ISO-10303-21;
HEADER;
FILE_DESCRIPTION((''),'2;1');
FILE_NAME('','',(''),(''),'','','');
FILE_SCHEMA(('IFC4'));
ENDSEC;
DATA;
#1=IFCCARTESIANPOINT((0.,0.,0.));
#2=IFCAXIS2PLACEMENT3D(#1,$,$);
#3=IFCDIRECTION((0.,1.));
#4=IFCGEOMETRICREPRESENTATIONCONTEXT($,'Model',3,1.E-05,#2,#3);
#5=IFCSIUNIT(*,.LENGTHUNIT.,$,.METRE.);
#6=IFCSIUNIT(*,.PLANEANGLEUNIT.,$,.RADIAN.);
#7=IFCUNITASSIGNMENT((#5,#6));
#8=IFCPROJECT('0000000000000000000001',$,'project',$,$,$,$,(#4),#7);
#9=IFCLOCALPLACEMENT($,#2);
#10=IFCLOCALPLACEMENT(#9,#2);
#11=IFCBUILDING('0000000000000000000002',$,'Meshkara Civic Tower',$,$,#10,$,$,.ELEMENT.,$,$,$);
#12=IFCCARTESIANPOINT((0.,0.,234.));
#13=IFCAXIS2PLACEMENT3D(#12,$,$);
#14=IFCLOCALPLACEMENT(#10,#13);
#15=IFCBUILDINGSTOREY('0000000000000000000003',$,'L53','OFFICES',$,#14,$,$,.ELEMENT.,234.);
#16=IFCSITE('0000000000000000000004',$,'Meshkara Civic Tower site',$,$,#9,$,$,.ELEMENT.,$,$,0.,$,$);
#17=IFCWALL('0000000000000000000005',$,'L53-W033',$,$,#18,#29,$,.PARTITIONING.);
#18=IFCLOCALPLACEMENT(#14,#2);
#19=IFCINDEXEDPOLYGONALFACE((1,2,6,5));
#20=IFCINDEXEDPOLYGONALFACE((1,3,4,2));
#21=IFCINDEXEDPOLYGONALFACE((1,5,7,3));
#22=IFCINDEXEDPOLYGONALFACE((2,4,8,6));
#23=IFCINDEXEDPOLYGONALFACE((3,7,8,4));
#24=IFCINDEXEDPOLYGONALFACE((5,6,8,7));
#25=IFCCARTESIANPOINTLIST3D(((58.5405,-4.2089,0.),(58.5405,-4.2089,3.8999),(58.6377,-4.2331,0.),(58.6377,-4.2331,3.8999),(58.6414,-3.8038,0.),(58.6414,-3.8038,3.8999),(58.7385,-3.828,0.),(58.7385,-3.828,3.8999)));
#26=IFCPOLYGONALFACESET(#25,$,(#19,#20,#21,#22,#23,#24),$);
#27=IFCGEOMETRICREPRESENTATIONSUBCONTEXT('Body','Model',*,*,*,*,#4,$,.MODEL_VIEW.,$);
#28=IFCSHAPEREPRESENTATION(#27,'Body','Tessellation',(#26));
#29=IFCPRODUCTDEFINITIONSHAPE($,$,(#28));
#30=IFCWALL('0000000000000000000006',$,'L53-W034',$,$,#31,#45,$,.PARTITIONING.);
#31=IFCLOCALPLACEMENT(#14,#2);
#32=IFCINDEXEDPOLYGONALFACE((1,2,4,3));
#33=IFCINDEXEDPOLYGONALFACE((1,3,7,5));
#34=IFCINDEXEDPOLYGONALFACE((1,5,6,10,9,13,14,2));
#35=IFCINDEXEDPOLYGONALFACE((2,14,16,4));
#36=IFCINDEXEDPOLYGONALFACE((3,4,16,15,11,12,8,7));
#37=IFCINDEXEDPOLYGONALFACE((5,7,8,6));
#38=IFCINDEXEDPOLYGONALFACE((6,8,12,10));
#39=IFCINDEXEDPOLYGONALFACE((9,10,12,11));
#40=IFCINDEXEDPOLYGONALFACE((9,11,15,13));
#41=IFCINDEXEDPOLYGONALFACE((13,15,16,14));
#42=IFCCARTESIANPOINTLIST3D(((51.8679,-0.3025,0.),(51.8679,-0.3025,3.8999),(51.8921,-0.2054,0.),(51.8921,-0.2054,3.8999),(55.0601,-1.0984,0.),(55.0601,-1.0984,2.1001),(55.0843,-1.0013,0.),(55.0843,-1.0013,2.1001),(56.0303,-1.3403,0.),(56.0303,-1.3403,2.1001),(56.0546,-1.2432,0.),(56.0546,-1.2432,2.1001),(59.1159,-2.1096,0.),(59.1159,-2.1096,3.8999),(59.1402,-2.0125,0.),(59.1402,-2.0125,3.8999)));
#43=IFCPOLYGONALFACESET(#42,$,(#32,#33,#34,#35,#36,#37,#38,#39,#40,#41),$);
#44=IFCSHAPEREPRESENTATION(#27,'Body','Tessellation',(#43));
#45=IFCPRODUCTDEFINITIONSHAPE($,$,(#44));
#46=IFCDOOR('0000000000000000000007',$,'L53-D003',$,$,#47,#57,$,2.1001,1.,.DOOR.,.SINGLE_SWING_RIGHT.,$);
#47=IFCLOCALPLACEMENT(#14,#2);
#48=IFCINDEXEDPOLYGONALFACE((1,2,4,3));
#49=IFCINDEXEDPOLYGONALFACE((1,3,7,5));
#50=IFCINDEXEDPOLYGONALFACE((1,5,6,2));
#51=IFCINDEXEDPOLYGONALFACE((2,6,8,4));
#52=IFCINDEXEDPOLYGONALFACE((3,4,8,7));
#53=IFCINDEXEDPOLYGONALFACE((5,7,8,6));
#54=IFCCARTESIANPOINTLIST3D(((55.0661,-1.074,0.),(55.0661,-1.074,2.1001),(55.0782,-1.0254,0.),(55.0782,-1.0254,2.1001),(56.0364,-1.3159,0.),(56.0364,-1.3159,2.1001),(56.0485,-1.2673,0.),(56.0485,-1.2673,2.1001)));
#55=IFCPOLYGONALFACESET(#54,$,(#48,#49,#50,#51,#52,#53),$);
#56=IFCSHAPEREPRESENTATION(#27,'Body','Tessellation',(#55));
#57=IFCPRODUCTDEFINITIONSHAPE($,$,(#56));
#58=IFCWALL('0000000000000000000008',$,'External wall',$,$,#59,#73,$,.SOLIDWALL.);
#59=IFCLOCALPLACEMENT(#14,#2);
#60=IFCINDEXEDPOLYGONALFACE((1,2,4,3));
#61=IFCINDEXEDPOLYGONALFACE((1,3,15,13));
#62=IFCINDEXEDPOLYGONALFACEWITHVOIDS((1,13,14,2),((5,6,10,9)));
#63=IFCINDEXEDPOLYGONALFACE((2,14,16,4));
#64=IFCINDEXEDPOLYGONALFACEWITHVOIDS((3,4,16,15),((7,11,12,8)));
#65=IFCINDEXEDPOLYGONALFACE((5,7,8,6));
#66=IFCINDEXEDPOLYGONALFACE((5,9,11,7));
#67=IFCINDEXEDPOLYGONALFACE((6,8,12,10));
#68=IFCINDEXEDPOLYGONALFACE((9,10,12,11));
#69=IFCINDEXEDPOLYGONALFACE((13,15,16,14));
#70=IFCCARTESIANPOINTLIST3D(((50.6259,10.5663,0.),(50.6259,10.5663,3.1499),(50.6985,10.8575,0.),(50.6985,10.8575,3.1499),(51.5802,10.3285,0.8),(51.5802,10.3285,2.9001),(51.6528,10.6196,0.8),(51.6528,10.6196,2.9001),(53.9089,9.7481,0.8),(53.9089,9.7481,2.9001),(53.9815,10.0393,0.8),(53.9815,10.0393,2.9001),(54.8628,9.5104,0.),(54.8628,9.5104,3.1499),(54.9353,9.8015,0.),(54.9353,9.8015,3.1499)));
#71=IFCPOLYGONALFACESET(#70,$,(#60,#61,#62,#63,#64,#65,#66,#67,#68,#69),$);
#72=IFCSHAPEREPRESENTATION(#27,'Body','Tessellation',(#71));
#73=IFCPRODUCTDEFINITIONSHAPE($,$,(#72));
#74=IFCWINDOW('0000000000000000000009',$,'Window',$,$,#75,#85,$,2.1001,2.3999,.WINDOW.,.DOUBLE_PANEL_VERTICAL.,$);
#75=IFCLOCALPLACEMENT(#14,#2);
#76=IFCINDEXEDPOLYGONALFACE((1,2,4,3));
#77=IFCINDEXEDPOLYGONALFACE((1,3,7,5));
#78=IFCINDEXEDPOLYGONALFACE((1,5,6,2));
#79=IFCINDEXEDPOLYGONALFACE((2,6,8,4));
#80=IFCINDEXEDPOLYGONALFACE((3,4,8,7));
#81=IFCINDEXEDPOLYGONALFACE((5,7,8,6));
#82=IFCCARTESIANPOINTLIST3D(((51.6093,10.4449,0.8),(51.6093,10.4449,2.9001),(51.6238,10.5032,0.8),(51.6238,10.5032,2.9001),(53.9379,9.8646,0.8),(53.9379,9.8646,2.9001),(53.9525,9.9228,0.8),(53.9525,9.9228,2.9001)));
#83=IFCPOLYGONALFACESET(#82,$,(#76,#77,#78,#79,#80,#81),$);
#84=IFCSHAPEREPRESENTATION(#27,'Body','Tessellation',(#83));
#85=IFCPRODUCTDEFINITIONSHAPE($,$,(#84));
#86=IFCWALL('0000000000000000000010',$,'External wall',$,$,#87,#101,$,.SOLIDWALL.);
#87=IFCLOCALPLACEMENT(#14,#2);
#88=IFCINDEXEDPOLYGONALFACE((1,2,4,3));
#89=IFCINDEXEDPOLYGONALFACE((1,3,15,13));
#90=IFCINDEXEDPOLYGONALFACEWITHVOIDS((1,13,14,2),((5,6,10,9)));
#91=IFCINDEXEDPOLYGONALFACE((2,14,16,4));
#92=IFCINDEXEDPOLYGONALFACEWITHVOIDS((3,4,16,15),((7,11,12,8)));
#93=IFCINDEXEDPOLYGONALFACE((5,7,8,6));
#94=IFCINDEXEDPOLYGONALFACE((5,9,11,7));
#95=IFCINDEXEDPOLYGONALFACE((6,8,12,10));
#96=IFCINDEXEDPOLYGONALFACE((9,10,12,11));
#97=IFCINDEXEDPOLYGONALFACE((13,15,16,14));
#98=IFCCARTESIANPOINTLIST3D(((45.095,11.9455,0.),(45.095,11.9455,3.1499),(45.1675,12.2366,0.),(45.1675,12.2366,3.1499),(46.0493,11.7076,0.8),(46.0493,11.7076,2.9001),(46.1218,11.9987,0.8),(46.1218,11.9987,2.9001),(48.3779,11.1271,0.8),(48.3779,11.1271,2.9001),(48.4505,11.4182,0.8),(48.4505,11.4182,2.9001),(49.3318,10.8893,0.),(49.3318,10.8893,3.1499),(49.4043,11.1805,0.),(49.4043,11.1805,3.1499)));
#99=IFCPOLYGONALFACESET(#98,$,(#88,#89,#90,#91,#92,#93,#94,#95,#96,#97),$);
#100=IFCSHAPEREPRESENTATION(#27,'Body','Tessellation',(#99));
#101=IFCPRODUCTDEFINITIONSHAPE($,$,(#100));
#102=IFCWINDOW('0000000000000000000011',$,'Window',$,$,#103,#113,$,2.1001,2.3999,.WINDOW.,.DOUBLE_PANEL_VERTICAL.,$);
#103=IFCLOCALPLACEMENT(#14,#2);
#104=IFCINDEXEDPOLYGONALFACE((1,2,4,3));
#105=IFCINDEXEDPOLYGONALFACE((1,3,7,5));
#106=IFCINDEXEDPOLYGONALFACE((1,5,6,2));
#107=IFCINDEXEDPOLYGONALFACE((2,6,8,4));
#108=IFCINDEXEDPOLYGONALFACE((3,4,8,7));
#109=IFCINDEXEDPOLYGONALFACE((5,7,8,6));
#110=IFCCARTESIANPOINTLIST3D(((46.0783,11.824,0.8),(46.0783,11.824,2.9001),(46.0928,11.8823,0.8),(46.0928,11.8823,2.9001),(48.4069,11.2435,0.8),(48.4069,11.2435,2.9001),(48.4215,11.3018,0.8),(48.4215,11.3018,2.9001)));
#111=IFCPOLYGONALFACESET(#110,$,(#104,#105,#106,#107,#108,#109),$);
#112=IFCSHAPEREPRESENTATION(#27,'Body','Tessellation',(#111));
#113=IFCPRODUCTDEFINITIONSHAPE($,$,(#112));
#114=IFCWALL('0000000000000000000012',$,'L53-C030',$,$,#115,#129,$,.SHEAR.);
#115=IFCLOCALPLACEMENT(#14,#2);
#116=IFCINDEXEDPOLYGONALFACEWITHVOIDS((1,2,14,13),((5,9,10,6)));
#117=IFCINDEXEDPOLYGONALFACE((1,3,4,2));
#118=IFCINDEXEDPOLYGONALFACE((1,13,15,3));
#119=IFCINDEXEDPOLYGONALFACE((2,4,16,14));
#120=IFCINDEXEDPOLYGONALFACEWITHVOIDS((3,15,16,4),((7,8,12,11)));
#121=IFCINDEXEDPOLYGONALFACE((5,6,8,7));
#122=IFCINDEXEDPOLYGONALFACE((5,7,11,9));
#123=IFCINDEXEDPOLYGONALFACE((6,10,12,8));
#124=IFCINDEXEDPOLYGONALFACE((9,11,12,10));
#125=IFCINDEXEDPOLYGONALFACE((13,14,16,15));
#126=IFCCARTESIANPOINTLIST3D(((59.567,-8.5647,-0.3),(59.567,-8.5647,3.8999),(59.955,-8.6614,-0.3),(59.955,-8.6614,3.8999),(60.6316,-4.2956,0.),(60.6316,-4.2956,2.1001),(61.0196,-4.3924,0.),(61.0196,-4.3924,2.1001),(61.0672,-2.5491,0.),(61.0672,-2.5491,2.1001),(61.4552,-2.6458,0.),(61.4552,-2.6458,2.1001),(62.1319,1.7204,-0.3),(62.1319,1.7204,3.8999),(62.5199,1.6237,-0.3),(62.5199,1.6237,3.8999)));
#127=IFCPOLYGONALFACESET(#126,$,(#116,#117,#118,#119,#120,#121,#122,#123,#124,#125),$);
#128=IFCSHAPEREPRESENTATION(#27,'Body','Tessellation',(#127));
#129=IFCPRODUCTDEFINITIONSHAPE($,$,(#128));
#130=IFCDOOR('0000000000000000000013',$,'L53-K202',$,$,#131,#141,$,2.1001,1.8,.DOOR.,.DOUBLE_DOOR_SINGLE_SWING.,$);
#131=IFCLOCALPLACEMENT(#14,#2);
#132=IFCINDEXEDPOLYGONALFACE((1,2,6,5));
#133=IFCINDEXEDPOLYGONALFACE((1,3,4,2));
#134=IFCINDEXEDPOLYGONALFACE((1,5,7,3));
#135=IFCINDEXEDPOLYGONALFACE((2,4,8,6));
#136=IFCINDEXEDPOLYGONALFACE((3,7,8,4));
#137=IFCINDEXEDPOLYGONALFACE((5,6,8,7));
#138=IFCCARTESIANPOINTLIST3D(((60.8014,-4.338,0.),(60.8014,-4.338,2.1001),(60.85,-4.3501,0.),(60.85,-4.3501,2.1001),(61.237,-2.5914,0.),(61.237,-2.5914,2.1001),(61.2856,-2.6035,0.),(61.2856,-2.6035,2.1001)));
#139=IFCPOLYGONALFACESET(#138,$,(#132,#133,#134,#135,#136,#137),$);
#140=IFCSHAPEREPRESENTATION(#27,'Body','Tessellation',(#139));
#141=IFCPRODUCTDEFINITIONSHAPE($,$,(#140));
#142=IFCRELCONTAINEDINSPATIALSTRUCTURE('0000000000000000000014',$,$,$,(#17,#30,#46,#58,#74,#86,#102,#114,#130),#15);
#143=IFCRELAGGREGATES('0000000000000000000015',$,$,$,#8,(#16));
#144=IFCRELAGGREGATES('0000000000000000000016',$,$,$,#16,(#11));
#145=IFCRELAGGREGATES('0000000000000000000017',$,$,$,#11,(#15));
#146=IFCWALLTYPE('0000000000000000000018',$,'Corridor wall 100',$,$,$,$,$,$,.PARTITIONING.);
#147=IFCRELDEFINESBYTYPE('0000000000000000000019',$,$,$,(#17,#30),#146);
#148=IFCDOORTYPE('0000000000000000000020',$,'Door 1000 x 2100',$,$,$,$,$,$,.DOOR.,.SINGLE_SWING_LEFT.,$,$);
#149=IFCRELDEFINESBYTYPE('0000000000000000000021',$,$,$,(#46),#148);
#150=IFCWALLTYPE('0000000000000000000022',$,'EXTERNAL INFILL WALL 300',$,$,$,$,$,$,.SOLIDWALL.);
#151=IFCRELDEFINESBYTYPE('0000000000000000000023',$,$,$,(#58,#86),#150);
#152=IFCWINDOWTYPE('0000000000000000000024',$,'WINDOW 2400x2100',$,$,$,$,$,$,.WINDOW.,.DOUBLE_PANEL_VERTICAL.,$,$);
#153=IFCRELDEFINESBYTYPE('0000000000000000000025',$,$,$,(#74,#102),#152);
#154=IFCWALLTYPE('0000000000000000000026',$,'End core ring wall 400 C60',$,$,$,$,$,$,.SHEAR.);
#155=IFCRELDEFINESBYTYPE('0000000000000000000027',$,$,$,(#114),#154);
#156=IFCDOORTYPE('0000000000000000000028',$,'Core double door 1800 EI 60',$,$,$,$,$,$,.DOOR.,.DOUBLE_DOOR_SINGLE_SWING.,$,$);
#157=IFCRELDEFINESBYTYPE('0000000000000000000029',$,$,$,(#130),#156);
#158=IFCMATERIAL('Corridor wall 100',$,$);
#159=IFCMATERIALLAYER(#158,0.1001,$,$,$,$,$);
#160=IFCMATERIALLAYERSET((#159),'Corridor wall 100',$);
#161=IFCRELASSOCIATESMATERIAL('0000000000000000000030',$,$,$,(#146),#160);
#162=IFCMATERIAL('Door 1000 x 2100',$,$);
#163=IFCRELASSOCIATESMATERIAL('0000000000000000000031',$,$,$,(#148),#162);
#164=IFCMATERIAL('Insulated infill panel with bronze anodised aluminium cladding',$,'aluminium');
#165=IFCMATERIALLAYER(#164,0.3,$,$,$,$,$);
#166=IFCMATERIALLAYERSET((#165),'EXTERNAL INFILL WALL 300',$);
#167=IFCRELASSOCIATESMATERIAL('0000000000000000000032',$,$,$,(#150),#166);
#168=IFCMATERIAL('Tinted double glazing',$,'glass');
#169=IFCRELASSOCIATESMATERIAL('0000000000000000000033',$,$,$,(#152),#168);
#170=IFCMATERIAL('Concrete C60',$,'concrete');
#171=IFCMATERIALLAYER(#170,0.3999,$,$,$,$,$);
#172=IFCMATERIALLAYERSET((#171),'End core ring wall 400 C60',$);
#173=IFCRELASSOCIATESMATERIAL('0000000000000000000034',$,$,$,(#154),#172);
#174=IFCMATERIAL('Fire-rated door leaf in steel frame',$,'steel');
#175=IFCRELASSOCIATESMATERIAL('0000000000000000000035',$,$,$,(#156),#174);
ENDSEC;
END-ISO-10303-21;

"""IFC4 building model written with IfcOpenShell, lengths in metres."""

from ifc_helpers import new_model, si_unit, direction, frame, frame_2d, origin, place, context, subcontext, project, spatial, rectangle, extrude, material, layer, layer_set, type_object, element, fill, save


model = new_model("IFC4")

# Units and contexts
model_context = context("Model", 3, precision=1e-05, world=origin(), true_north=direction((0.0, 1.0)))
body_context = subcontext(model_context, "Body", "Model", "MODEL_VIEW")
ifc_project = project(units=[si_unit("LENGTHUNIT", "METRE"), si_unit("PLANEANGLEUNIT", "RADIAN")], contexts=[model_context])

# Site, building, storey
site_placement = place(None, origin())
site = spatial("IfcSite", under=ifc_project, at=site_placement, Name="Meshkara Civic Tower site", CompositionType="ELEMENT", RefElevation=0.0)
building_placement = place(site_placement, origin())
building = spatial("IfcBuilding", under=site, at=building_placement, Name="Meshkara Civic Tower", CompositionType="ELEMENT")
storey_placement = place(building_placement, frame((0.0, 0.0, 234.0)))
storey = spatial("IfcBuildingStorey", under=building, at=storey_placement, Name="L53", Description="OFFICES", CompositionType="ELEMENT", Elevation=234.0)

# Shared definitions
ifc_material_1 = material(Name="Corridor wall 100")
ifc_layer_1 = layer(ifc_material_1, 0.1001)
ifc_layer_set_1 = layer_set([ifc_layer_1], Name="Corridor wall 100")
wall_type_1 = type_object("IfcWallType", Name="Corridor wall 100", PredefinedType="PARTITIONING", material=ifc_layer_set_1)

# Wall
wall_1_placement = place(storey_placement, frame((58.6899, -3.8159, 0.0), z_axis=(0.0, 0.0, 1.0), x_axis=(-0.241572, -0.970383, 0.0)))
element("IfcWall", 1, at=wall_1_placement, inside=storey, type_object=wall_type_1, Name="L53-W033", PredefinedType="PARTITIONING", context=body_context, shape_type="SweptSolid", body=[
    extrude(rectangle(XDim=0.4175, YDim=0.1001, at=frame_2d((0.2087, 0.0))), origin(), (0.0, 0.0, 1.0), 3.8999),
])

# Wall, opening, door
wall_2_placement = place(storey_placement, frame((59.1279, -2.061, 0.0), z_axis=(0.0, 0.0, 1.0), x_axis=(-0.970296, 0.24192, 0.0)))
wall_2 = element("IfcWall", 2, at=wall_2_placement, inside=storey, type_object=wall_type_1, Name="L53-W034", PredefinedType="PARTITIONING", context=body_context, shape_type="SweptSolid", body=[
    extrude(rectangle(XDim=7.47, YDim=0.1001, at=frame_2d((3.7349, 0.0))), origin(), (0.0, 0.0, 1.0), 3.8999),
])
opening_1_placement = place(wall_2_placement, frame((3.1799, 0.0, 0.0)))
opening_1 = element("IfcOpeningElement", 3, at=opening_1_placement, cuts=wall_2, PredefinedType="OPENING", context=body_context, shape_type="SweptSolid", body=[
    extrude(rectangle(XDim=1.0, YDim=2.1001, at=frame_2d((0.5, 1.05))), frame((0.0, 0.0601, 0.0), z_axis=(0.0, -1.0, 0.0), x_axis=(1.0, 0.0, 0.0)), (0.0, 0.0, 1.0), 0.1201),
])
ifc_material_2 = material(Name="Door 1000 x 2100")
door_type_1 = type_object("IfcDoorType", Name="Door 1000 x 2100", OperationType="SINGLE_SWING_LEFT", PredefinedType="DOOR", material=ifc_material_2)
door_1_placement = place(opening_1_placement, origin())
door_1 = element("IfcDoor", 4, at=door_1_placement, inside=storey, type_object=door_type_1, Name="L53-D003", OperationType="SINGLE_SWING_RIGHT", OverallHeight=2.1001, OverallWidth=1.0, PredefinedType="DOOR", context=body_context, shape_type="SweptSolid", body=[
    extrude(rectangle(XDim=1.0, YDim=2.1001, at=frame_2d((0.5, 1.05))), frame((0.0, 0.0249, 0.0), z_axis=(0.0, -1.0, 0.0), x_axis=(1.0, 0.0, 0.0)), (0.0, 0.0, 1.0), 0.05),
])
fill(opening_1, door_1)

# Walls, openings, windows
ifc_material_3 = material(Name="Insulated infill panel with bronze anodised aluminium cladding", Category="aluminium")
ifc_layer_2 = layer(ifc_material_3, 0.3)
ifc_layer_set_2 = layer_set([ifc_layer_2], Name="EXTERNAL INFILL WALL 300")
wall_type_2 = type_object("IfcWallType", Name="EXTERNAL INFILL WALL 300", PredefinedType="SOLIDWALL", material=ifc_layer_set_2)
wall_3_placement = place(storey_placement, frame((54.8989, 9.656, 0.0), z_axis=(0.0, 0.0, 1.0), x_axis=(-0.97032, 0.241825, 0.0)))
wall_3 = element("IfcWall", 5, at=wall_3_placement, inside=storey, type_object=wall_type_2, Name="External wall", PredefinedType="SOLIDWALL", context=body_context, shape_type="SweptSolid", body=[
    extrude(rectangle(XDim=4.3665, YDim=0.3, at=frame_2d((2.1831, 0.0))), origin(), (0.0, 0.0, 1.0), 3.1499),
])
opening_2_placement = place(wall_3_placement, frame((0.9829, 0.0, 0.8)))
opening_2 = element("IfcOpeningElement", 6, at=opening_2_placement, cuts=wall_3, PredefinedType="OPENING", context=body_context, shape_type="SweptSolid", body=[
    extrude(rectangle(XDim=2.3999, YDim=2.1001, at=frame_2d((1.2, 1.05))), frame((0.0, 0.1599, 0.0), z_axis=(0.0, -1.0, 0.0), x_axis=(1.0, 0.0, 0.0)), (0.0, 0.0, 1.0), 0.3201),
])
ifc_material_4 = material(Name="Tinted double glazing", Category="glass")
window_type = type_object("IfcWindowType", Name="WINDOW 2400x2100", PartitioningType="DOUBLE_PANEL_VERTICAL", PredefinedType="WINDOW", material=ifc_material_4)
window_1_placement = place(opening_2_placement, origin())
window_1 = element("IfcWindow", 7, at=window_1_placement, inside=storey, type_object=window_type, Name="Window", OverallHeight=2.1001, OverallWidth=2.3999, PartitioningType="DOUBLE_PANEL_VERTICAL", PredefinedType="WINDOW", context=body_context, shape_type="SweptSolid", body=[
    extrude(rectangle(XDim=2.3999, YDim=2.1001, at=frame_2d((1.2, 1.05))), frame((0.0, 0.03, 0.0), z_axis=(0.0, -1.0, 0.0), x_axis=(1.0, 0.0, 0.0)), (0.0, 0.0, 1.0), 0.0601),
])
fill(opening_2, window_1)
wall_4_placement = place(storey_placement, frame((49.3679, 11.0349, 0.0), z_axis=(0.0, 0.0, 1.0), x_axis=(-0.970307, 0.241878, 0.0)))
wall_4 = element("IfcWall", 8, at=wall_4_placement, inside=storey, type_object=wall_type_2, Name="External wall", PredefinedType="SOLIDWALL", context=body_context, shape_type="SweptSolid", body=[
    extrude(rectangle(XDim=4.3665, YDim=0.3, at=frame_2d((2.1831, 0.0))), origin(), (0.0, 0.0, 1.0), 3.1499),
])
opening_3_placement = place(wall_4_placement, frame((0.9829, 0.0, 0.8)))
opening_3 = element("IfcOpeningElement", 9, at=opening_3_placement, cuts=wall_4, PredefinedType="OPENING", context=body_context, shape_type="SweptSolid", body=[
    extrude(rectangle(XDim=2.3999, YDim=2.1001, at=frame_2d((1.2, 1.05))), frame((0.0, 0.1599, 0.0), z_axis=(0.0, -1.0, 0.0), x_axis=(1.0, 0.0, 0.0)), (0.0, 0.0, 1.0), 0.3201),
])
window_2_placement = place(opening_3_placement, origin())
window_2 = element("IfcWindow", 10, at=window_2_placement, inside=storey, type_object=window_type, Name="Window", OverallHeight=2.1001, OverallWidth=2.3999, PartitioningType="DOUBLE_PANEL_VERTICAL", PredefinedType="WINDOW", context=body_context, shape_type="SweptSolid", body=[
    extrude(rectangle(XDim=2.3999, YDim=2.1001, at=frame_2d((1.2, 1.05))), frame((0.0, 0.03, 0.0), z_axis=(0.0, -1.0, 0.0), x_axis=(1.0, 0.0, 0.0)), (0.0, 0.0, 1.0), 0.0601),
])
fill(opening_3, window_2)

# Wall, opening, door
ifc_material_5 = material(Name="Concrete C60", Category="concrete")
ifc_layer_3 = layer(ifc_material_5, 0.3999)
ifc_layer_set_3 = layer_set([ifc_layer_3], Name="End core ring wall 400 C60")
wall_type_3 = type_object("IfcWallType", Name="End core ring wall 400 C60", PredefinedType="SHEAR", material=ifc_layer_set_3)
wall_5_placement = place(storey_placement, frame((59.761, -8.613, -0.3), z_axis=(0.0, 0.0, 1.0), x_axis=(0.241972, 0.970283, 0.0)))
wall_5 = element("IfcWall", 11, at=wall_5_placement, inside=storey, type_object=wall_type_3, Name="L53-C030", PredefinedType="SHEAR", context=body_context, shape_type="SweptSolid", body=[
    extrude(rectangle(XDim=10.6001, YDim=0.3999, at=frame_2d((5.3, 0.0))), origin(), (0.0, 0.0, 1.0), 4.2),
])
opening_4_placement = place(wall_5_placement, frame((4.3999, 0.0, 0.3)))
opening_4 = element("IfcOpeningElement", 12, at=opening_4_placement, cuts=wall_5, PredefinedType="OPENING", context=body_context, shape_type="SweptSolid", body=[
    extrude(rectangle(XDim=1.8, YDim=2.1001, at=frame_2d((0.8999, 1.05))), frame((0.0, 0.21, 0.0), z_axis=(0.0, -1.0, 0.0), x_axis=(1.0, 0.0, 0.0)), (0.0, 0.0, 1.0), 0.4199),
])
ifc_material_6 = material(Name="Fire-rated door leaf in steel frame", Category="steel")
door_type_2 = type_object("IfcDoorType", Name="Core double door 1800 EI 60", OperationType="DOUBLE_DOOR_SINGLE_SWING", PredefinedType="DOOR", material=ifc_material_6)
door_2_placement = place(opening_4_placement, origin())
door_2 = element("IfcDoor", 13, at=door_2_placement, inside=storey, type_object=door_type_2, Name="L53-K202", OperationType="DOUBLE_DOOR_SINGLE_SWING", OverallHeight=2.1001, OverallWidth=1.8, PredefinedType="DOOR", context=body_context, shape_type="SweptSolid", body=[
    extrude(rectangle(XDim=1.8, YDim=2.1001, at=frame_2d((0.8999, 1.05))), frame((0.0, 0.0249, 0.0), z_axis=(0.0, -1.0, 0.0), x_axis=(1.0, 0.0, 0.0)), (0.0, 0.0, 1.0), 0.05),
])
fill(opening_4, door_2)

save(model, "model.ifc")
